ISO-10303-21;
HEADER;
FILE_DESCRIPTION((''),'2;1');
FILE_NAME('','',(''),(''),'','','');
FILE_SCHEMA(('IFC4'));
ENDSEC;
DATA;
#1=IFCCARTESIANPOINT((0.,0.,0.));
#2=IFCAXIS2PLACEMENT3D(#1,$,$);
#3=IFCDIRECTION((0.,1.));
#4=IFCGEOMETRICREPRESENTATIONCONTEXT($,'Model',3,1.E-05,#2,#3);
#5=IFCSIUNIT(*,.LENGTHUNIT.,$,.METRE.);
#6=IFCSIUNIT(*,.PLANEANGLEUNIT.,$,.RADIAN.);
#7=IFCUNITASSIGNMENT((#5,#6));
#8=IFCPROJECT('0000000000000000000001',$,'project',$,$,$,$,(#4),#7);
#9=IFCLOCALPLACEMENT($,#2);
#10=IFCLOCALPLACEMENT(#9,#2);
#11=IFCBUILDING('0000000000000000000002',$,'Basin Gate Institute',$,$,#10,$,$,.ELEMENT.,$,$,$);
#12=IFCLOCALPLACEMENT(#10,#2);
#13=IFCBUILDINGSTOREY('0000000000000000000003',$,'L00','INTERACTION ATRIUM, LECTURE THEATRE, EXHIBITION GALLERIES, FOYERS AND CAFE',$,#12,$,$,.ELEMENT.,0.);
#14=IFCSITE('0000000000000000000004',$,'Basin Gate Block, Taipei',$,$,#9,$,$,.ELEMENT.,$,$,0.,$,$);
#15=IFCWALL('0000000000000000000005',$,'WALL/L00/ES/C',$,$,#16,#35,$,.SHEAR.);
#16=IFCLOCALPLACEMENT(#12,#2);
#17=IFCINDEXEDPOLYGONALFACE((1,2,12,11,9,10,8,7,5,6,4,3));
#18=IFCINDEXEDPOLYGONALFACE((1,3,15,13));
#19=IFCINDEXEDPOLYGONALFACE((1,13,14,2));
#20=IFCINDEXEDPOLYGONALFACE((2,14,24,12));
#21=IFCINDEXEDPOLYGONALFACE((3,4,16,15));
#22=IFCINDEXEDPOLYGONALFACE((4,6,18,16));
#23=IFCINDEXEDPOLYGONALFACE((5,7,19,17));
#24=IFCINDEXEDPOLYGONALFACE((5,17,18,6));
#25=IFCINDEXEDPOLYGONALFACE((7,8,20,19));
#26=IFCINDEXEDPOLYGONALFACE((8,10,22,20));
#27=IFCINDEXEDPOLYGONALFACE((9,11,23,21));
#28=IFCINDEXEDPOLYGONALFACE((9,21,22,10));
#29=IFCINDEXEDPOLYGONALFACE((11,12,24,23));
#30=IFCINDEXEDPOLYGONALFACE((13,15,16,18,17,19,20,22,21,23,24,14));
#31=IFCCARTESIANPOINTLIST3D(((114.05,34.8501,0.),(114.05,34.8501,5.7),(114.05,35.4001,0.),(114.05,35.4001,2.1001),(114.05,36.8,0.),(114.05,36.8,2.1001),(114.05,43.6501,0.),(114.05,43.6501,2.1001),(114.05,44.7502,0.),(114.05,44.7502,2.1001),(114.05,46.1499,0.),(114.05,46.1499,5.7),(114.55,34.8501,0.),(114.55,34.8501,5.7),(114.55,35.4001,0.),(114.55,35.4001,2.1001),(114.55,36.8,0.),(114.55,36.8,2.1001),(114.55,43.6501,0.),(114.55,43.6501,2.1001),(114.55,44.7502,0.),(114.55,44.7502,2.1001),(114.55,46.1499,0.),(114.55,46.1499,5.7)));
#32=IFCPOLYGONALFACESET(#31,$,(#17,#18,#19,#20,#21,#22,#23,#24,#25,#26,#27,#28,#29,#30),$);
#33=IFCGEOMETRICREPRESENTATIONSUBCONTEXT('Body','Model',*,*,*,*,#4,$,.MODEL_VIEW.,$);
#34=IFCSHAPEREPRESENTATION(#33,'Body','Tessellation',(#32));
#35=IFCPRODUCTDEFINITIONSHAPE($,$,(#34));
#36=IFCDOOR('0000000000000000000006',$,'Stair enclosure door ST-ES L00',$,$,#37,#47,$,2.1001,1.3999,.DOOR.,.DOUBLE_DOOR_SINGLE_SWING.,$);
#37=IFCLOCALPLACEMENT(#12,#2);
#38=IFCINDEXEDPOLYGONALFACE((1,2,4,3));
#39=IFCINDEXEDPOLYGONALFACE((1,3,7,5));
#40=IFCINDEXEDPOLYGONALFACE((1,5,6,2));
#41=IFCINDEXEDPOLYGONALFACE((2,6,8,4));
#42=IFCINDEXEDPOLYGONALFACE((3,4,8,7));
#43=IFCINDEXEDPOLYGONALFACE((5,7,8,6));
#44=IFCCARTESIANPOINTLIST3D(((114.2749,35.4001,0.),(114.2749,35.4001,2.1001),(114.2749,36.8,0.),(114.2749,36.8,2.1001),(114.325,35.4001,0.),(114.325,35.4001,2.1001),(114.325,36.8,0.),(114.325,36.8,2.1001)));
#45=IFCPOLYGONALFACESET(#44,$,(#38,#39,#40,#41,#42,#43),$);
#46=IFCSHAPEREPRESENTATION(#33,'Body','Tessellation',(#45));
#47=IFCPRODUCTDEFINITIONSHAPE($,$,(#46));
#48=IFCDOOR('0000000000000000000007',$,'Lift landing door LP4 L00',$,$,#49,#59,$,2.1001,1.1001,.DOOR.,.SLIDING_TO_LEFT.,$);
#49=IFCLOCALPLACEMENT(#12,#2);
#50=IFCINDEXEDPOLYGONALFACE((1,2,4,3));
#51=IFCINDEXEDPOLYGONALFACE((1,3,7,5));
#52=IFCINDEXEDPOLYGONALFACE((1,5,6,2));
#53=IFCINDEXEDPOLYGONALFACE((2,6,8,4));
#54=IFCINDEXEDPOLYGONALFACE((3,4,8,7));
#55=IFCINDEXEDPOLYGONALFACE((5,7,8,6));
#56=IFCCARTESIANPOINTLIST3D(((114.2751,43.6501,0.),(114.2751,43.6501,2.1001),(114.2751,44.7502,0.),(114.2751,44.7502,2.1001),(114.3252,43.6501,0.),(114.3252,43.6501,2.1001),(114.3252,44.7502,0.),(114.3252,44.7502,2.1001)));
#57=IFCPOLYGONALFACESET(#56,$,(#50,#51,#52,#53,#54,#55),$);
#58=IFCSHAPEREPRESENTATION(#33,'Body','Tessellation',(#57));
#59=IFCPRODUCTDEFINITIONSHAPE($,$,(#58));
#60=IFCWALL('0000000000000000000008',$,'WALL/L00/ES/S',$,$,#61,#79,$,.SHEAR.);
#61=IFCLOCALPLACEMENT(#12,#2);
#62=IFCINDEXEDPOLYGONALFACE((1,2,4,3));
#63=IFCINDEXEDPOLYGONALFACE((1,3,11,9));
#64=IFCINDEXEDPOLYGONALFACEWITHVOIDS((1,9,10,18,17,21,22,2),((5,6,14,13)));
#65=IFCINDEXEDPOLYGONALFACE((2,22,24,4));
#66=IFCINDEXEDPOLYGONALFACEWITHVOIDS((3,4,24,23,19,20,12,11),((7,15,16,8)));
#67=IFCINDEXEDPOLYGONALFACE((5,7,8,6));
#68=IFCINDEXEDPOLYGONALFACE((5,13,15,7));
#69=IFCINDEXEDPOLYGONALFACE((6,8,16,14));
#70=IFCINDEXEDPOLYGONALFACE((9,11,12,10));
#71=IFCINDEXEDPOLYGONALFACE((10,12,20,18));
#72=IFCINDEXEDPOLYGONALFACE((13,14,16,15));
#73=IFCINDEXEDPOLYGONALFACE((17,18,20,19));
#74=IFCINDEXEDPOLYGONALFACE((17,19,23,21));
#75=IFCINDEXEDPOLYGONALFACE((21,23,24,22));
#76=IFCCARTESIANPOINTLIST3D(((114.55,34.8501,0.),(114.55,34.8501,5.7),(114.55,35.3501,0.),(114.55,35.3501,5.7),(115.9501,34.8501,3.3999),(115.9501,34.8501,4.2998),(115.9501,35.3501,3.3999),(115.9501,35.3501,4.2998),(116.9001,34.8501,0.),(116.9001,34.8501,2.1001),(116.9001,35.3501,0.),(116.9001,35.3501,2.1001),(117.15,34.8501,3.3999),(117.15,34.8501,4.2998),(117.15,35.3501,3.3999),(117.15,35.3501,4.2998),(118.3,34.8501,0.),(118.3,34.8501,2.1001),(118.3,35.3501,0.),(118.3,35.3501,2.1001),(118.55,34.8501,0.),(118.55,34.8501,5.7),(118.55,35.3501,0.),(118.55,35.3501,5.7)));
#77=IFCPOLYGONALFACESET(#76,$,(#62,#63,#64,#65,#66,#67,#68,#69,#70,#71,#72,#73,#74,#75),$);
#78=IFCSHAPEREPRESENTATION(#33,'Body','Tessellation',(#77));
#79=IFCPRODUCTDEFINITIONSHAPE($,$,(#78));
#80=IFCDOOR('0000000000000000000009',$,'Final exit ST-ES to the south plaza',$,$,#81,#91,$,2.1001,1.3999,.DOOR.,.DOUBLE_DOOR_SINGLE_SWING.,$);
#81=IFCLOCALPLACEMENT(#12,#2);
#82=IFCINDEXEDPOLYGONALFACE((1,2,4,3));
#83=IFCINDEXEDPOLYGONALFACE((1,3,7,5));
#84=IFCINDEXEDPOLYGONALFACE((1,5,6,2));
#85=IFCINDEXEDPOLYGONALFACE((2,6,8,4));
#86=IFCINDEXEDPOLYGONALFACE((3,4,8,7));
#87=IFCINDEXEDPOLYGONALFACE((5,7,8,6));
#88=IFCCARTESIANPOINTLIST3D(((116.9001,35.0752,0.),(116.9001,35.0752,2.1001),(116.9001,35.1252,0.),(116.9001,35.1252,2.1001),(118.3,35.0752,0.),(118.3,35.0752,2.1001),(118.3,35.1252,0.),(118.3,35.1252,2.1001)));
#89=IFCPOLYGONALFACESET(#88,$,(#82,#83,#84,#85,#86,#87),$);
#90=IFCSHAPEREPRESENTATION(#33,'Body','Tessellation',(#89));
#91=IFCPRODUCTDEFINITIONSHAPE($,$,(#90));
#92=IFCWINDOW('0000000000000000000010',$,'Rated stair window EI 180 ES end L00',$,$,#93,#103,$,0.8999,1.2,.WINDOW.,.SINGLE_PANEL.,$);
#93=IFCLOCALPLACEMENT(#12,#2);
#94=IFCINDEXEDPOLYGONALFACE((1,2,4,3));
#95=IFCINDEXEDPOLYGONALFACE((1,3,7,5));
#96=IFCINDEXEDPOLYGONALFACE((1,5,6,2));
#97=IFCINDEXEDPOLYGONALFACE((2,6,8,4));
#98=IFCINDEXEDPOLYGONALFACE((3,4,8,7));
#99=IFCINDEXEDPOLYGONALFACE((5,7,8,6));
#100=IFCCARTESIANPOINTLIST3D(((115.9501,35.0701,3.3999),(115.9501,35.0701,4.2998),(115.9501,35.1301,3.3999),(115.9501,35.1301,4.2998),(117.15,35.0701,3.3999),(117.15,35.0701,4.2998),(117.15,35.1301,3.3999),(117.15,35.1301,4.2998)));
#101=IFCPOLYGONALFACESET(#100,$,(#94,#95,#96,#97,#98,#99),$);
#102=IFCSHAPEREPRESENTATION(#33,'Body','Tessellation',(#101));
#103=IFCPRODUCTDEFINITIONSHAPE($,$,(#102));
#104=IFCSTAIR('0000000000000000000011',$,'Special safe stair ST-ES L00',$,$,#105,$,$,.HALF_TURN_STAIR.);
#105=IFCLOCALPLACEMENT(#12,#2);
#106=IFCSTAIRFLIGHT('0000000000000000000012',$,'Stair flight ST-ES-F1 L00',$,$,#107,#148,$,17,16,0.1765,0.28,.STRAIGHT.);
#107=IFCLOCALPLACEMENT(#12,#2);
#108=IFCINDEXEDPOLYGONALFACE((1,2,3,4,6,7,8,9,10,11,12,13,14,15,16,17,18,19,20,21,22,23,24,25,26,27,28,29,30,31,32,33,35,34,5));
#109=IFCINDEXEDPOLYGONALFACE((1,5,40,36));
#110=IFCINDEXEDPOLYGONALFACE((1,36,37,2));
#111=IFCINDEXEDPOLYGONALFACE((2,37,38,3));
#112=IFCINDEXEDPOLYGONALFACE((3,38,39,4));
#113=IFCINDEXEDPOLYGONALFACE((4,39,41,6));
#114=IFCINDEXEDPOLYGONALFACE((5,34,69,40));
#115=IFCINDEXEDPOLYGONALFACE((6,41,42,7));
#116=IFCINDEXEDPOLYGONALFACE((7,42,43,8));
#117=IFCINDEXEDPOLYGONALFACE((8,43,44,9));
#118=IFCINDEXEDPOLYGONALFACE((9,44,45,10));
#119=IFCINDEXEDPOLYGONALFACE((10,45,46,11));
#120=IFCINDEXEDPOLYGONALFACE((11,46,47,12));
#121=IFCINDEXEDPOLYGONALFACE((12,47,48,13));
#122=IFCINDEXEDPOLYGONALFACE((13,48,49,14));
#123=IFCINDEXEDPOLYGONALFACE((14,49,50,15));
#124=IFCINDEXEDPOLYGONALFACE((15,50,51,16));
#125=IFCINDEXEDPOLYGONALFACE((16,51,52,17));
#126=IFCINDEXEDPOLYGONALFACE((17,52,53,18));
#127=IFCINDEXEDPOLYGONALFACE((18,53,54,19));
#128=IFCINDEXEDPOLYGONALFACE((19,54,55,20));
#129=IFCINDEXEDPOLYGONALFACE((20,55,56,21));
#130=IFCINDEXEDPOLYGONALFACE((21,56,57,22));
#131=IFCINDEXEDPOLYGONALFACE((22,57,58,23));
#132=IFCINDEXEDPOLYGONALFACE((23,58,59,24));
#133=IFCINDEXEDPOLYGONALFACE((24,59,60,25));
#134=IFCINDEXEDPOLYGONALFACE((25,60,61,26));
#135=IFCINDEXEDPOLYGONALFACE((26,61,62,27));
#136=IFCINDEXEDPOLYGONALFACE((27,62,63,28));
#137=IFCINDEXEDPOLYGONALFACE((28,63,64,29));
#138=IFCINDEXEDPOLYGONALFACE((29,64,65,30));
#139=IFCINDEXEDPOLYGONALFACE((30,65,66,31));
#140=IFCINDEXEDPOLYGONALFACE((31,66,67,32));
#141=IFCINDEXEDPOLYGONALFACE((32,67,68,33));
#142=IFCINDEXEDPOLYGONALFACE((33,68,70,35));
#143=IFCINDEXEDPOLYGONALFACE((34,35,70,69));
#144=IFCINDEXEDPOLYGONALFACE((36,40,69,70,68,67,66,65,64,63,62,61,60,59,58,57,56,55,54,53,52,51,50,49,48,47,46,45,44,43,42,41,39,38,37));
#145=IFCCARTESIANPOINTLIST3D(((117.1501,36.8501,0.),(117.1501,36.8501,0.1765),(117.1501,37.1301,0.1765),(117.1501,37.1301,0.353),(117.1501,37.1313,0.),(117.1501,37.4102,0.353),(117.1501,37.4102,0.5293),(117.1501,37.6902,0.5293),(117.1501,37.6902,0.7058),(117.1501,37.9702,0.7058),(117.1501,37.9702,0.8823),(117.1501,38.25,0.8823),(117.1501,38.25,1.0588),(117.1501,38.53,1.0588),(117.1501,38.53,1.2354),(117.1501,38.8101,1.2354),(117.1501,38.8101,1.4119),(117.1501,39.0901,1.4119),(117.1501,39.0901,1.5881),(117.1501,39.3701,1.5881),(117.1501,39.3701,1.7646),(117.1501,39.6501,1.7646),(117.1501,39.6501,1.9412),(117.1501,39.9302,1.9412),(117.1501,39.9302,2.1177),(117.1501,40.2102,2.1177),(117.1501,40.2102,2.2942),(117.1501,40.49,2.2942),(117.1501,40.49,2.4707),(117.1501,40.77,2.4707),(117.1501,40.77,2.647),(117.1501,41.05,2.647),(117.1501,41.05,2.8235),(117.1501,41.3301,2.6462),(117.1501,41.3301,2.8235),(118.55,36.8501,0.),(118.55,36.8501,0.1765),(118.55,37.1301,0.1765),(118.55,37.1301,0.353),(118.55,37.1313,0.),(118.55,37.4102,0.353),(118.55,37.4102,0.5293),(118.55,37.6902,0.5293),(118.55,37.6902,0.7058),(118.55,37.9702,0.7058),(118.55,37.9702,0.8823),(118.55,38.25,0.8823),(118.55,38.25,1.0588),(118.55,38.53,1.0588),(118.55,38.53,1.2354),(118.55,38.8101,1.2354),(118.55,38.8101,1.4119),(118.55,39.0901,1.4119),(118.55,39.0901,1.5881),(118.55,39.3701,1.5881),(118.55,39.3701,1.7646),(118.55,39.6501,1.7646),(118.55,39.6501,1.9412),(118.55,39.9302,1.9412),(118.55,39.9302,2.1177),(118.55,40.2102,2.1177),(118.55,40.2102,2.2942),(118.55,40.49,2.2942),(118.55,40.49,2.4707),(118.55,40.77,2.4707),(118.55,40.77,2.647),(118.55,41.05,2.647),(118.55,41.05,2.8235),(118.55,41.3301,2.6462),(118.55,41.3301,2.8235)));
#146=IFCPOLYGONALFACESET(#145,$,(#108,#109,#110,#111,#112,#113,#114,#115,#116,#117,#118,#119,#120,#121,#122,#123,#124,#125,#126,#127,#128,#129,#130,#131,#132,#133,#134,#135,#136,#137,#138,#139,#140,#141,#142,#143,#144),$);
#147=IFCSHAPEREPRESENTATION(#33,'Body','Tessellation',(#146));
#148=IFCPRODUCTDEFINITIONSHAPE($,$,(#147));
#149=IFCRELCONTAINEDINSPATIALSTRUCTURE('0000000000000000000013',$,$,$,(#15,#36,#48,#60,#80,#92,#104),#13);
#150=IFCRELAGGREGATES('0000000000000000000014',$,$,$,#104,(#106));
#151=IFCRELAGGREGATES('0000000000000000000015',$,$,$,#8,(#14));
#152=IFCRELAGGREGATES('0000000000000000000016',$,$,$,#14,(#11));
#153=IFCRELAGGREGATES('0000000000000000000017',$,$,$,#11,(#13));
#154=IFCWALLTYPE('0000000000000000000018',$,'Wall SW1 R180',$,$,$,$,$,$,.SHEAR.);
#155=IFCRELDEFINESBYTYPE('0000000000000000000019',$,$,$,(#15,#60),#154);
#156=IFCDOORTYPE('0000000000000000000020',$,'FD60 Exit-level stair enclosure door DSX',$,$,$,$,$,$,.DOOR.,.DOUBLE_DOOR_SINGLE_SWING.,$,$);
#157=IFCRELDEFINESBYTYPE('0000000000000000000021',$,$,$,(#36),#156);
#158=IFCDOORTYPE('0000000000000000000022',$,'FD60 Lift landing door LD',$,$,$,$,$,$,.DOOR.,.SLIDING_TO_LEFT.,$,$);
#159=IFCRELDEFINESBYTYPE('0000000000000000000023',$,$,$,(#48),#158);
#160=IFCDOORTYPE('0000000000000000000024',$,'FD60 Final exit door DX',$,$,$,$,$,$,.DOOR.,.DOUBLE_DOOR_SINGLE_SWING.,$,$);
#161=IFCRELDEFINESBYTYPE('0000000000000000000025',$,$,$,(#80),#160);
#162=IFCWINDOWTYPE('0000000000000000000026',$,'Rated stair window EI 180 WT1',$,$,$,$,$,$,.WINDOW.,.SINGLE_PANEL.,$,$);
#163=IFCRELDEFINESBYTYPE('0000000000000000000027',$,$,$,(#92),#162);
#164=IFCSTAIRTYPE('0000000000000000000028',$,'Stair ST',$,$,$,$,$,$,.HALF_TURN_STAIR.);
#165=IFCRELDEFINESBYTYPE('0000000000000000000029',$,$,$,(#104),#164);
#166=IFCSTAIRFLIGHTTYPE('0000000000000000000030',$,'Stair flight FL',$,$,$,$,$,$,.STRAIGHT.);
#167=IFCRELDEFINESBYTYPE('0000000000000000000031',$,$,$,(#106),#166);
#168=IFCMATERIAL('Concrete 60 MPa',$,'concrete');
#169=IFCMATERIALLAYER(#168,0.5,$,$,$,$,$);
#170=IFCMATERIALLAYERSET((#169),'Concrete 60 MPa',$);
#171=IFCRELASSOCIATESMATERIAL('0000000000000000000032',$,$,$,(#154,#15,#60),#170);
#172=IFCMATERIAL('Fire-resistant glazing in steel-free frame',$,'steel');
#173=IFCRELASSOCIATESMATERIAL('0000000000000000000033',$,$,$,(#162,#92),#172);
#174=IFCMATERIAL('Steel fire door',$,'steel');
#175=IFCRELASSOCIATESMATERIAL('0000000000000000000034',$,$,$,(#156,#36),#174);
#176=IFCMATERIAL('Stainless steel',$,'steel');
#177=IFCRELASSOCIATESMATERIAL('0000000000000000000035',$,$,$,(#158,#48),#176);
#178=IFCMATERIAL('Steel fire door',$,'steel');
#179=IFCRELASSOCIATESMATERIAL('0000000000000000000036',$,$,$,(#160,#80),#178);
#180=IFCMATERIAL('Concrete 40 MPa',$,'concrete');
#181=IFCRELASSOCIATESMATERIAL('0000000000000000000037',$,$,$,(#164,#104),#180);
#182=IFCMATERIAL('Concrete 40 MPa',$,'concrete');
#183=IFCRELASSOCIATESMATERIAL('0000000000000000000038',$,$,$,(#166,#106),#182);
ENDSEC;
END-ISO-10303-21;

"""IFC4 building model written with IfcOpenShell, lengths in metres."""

from ifc_helpers import new_model, si_unit, direction, frame, frame_2d, origin, place, context, subcontext, project, spatial, polyline, rectangle, outline, extrude, material, layer, layer_set, type_object, element, fill, aggregate, save


model = new_model("IFC4")

# Units and contexts
model_context = context("Model", 3, precision=1e-05, world=origin(), true_north=direction((0.0, 1.0)))
body_context = subcontext(model_context, "Body", "Model", "MODEL_VIEW")
ifc_project = project(units=[si_unit("LENGTHUNIT", "METRE"), si_unit("PLANEANGLEUNIT", "RADIAN")], contexts=[model_context])

# Site, building, storey
site_placement = place(None, origin())
site = spatial("IfcSite", under=ifc_project, at=site_placement, Name="Basin Gate Block, Taipei", CompositionType="ELEMENT", RefElevation=0.0)
building_placement = place(site_placement, origin())
building = spatial("IfcBuilding", under=site, at=building_placement, Name="Basin Gate Institute", CompositionType="ELEMENT")
storey_placement = place(building_placement, origin())
storey = spatial("IfcBuildingStorey", under=building, at=storey_placement, Name="L00", Description="INTERACTION ATRIUM, LECTURE THEATRE, EXHIBITION GALLERIES, FOYERS AND CAFE", CompositionType="ELEMENT", Elevation=0.0)

# Shared definitions
ifc_material_1 = material(Name="Concrete 60 MPa", Category="concrete")
ifc_layer_1 = layer(ifc_material_1, 0.5)
ifc_layer_set_1 = layer_set([ifc_layer_1], Name="Concrete 60 MPa")
wall_type_1 = type_object("IfcWallType", Name="Wall SW1 R180", PredefinedType="SHEAR", material=ifc_layer_set_1)
ifc_material_2 = material(Name="Fire-resistant glazing in steel-free frame", Category="steel")
window_type_1 = type_object("IfcWindowType", Name="Rated stair window EI 180 WT1", PartitioningType="SINGLE_PANEL", PredefinedType="WINDOW", material=ifc_material_2)

# Wall, openings, doors
wall_1_placement = place(storey_placement, frame((114.3, 34.8501, 0.0), z_axis=(0.0, 0.0, 1.0), x_axis=(0.0, 1.0, 0.0)))
wall_1 = element("IfcWall", 1, at=wall_1_placement, inside=storey, type_object=wall_type_1, material=ifc_layer_set_1, Name="WALL/L00/ES/C", PredefinedType="SHEAR", context=body_context, shape_type="SweptSolid", body=[
    extrude(rectangle(XDim=11.2998, YDim=0.5, at=frame_2d((5.6499, 0.0))), origin(), (0.0, 0.0, 1.0), 5.7),
])
opening_1_placement = place(wall_1_placement, frame((0.55, 0.0, 0.0)))
opening_1 = element("IfcOpeningElement", 2, at=opening_1_placement, cuts=wall_1, PredefinedType="OPENING", context=body_context, shape_type="SweptSolid", body=[
    extrude(rectangle(XDim=1.3999, YDim=2.1001, at=frame_2d((0.7, 1.05))), frame((0.0, 0.26, 0.0), z_axis=(0.0, -1.0, 0.0), x_axis=(1.0, 0.0, 0.0)), (0.0, 0.0, 1.0), 0.52),
])
opening_2_placement = place(wall_1_placement, frame((8.8, 0.0, 0.0)))
opening_2 = element("IfcOpeningElement", 3, at=opening_2_placement, cuts=wall_1, PredefinedType="OPENING", context=body_context, shape_type="SweptSolid", body=[
    extrude(rectangle(XDim=1.1001, YDim=2.1001, at=frame_2d((0.55, 1.05))), frame((0.0, 0.26, 0.0), z_axis=(0.0, -1.0, 0.0), x_axis=(1.0, 0.0, 0.0)), (0.0, 0.0, 1.0), 0.52),
])
ifc_material_3 = material(Name="Steel fire door", Category="steel")
door_type_1 = type_object("IfcDoorType", Name="FD60 Exit-level stair enclosure door DSX", OperationType="DOUBLE_DOOR_SINGLE_SWING", PredefinedType="DOOR", material=ifc_material_3)
door_1_placement = place(opening_1_placement, frame((1.3999, 0.0, 0.0), z_axis=(0.0, 0.0, 1.0), x_axis=(-1.0, 0.0, 0.0)))
door_1 = element("IfcDoor", 4, at=door_1_placement, inside=storey, type_object=door_type_1, material=ifc_material_3, Name="Stair enclosure door ST-ES L00", OperationType="DOUBLE_DOOR_SINGLE_SWING", OverallHeight=2.1001, OverallWidth=1.3999, PredefinedType="DOOR", context=body_context, shape_type="SweptSolid", body=[
    extrude(rectangle(XDim=1.3999, YDim=2.1001, at=frame_2d((0.7, 1.05))), frame((0.0, 0.0249, 0.0), z_axis=(0.0, -1.0, 0.0), x_axis=(1.0, 0.0, 0.0)), (0.0, 0.0, 1.0), 0.05),
])
fill(opening_1, door_1)
ifc_material_4 = material(Name="Stainless steel", Category="steel")
door_type_2 = type_object("IfcDoorType", Name="FD60 Lift landing door LD", OperationType="SLIDING_TO_LEFT", PredefinedType="DOOR", material=ifc_material_4)
door_2_placement = place(opening_2_placement, origin())
door_2 = element("IfcDoor", 5, at=door_2_placement, inside=storey, type_object=door_type_2, material=ifc_material_4, Name="Lift landing door LP4 L00", OperationType="SLIDING_TO_LEFT", OverallHeight=2.1001, OverallWidth=1.1001, PredefinedType="DOOR", context=body_context, shape_type="SweptSolid", body=[
    extrude(rectangle(XDim=1.1001, YDim=2.1001, at=frame_2d((0.55, 1.05))), frame((0.0, 0.0249, 0.0), z_axis=(0.0, -1.0, 0.0), x_axis=(1.0, 0.0, 0.0)), (0.0, 0.0, 1.0), 0.05),
])
fill(opening_2, door_2)

# Wall, openings, door, window
wall_2_placement = place(storey_placement, frame((118.55, 35.1001, 0.0), z_axis=(0.0, 0.0, 1.0), x_axis=(-1.0, 0.0, 0.0)))
wall_2 = element("IfcWall", 6, at=wall_2_placement, inside=storey, type_object=wall_type_1, material=ifc_layer_set_1, Name="WALL/L00/ES/S", PredefinedType="SHEAR", context=body_context, shape_type="SweptSolid", body=[
    extrude(rectangle(XDim=4.0, YDim=0.5, at=frame_2d((2.0, 0.0))), origin(), (0.0, 0.0, 1.0), 5.7),
])
opening_3_placement = place(wall_2_placement, frame((0.25, 0.0, 0.0)))
opening_3 = element("IfcOpeningElement", 7, at=opening_3_placement, cuts=wall_2, PredefinedType="OPENING", context=body_context, shape_type="SweptSolid", body=[
    extrude(rectangle(XDim=1.3999, YDim=2.1001, at=frame_2d((0.7, 1.05))), frame((0.0, 0.26, 0.0), z_axis=(0.0, -1.0, 0.0), x_axis=(1.0, 0.0, 0.0)), (0.0, 0.0, 1.0), 0.52),
])
opening_4_placement = place(wall_2_placement, frame((1.3999, 0.0, 3.3999)))
opening_4 = element("IfcOpeningElement", 8, at=opening_4_placement, cuts=wall_2, PredefinedType="OPENING", context=body_context, shape_type="SweptSolid", body=[
    extrude(rectangle(XDim=1.2, YDim=0.8999, at=frame_2d((0.6001, 0.45))), frame((0.0, 0.26, 0.0), z_axis=(0.0, -1.0, 0.0), x_axis=(1.0, 0.0, 0.0)), (0.0, 0.0, 1.0), 0.52),
])
ifc_material_5 = material(Name="Steel fire door", Category="steel")
door_type_3 = type_object("IfcDoorType", Name="FD60 Final exit door DX", OperationType="DOUBLE_DOOR_SINGLE_SWING", PredefinedType="DOOR", material=ifc_material_5)
door_3_placement = place(opening_3_placement, origin())
door_3 = element("IfcDoor", 9, at=door_3_placement, inside=storey, type_object=door_type_3, material=ifc_material_5, Name="Final exit ST-ES to the south plaza", OperationType="DOUBLE_DOOR_SINGLE_SWING", OverallHeight=2.1001, OverallWidth=1.3999, PredefinedType="DOOR", context=body_context, shape_type="SweptSolid", body=[
    extrude(rectangle(XDim=1.3999, YDim=2.1001, at=frame_2d((0.7, 1.05))), frame((0.0, 0.0249, 0.0), z_axis=(0.0, -1.0, 0.0), x_axis=(1.0, 0.0, 0.0)), (0.0, 0.0, 1.0), 0.05),
])
fill(opening_3, door_3)
window_1_placement = place(opening_4_placement, origin())
window_1 = element("IfcWindow", 10, at=window_1_placement, inside=storey, type_object=window_type_1, material=ifc_material_2, Name="Rated stair window EI 180 ES end L00", OverallHeight=0.8999, OverallWidth=1.2, PartitioningType="SINGLE_PANEL", PredefinedType="WINDOW", context=body_context, shape_type="SweptSolid", body=[
    extrude(rectangle(XDim=1.2, YDim=0.8999, at=frame_2d((0.6001, 0.45))), frame((0.0, 0.03, 0.0), z_axis=(0.0, -1.0, 0.0), x_axis=(1.0, 0.0, 0.0)), (0.0, 0.0, 1.0), 0.0601),
])
fill(opening_4, window_1)

# Stair, stair flight
ifc_material_6 = material(Name="Concrete 40 MPa", Category="concrete")
stair_type = type_object("IfcStairType", Name="Stair ST", PredefinedType="HALF_TURN_STAIR", material=ifc_material_6)
stair_placement = place(storey_placement, origin())
stair = element("IfcStair", 11, at=stair_placement, inside=storey, type_object=stair_type, material=ifc_material_6, Name="Special safe stair ST-ES L00", PredefinedType="HALF_TURN_STAIR")
ifc_material_7 = material(Name="Concrete 40 MPa", Category="concrete")
stair_flight_type = type_object("IfcStairFlightType", Name="Stair flight FL", PredefinedType="STRAIGHT", material=ifc_material_7)
stair_flight_1_placement = place(storey_placement, frame((117.8501, 36.8501, 0.0), z_axis=(0.0, 0.0, 1.0), x_axis=(0.0, 1.0, 0.0)))
stair_flight_1 = element("IfcStairFlight", 12, at=stair_flight_1_placement, type_object=stair_flight_type, material=ifc_material_7, Name="Stair flight ST-ES-F1 L00", NumberOfRisers=17, NumberOfTreads=16, PredefinedType="STRAIGHT", RiserHeight=0.1765, TreadLength=0.28, context=body_context, shape_type="SweptSolid", body=[
    extrude(outline(polyline([(0.0, 0.0), (0.0, 0.1765), (0.28, 0.1765), (0.28, 0.353), (0.5601, 0.353), (0.5601, 0.5293), (0.8401, 0.5293), (0.8401, 0.7058), (1.1201, 0.7058), (1.1201, 0.8823), (1.3999, 0.8823), (1.3999, 1.0588), (1.6799, 1.0588), (1.6799, 1.2354), (1.96, 1.2354), (1.96, 1.4119), (2.24, 1.4119), (2.24, 1.5881), (2.52, 1.5881), (2.52, 1.7646), (2.8, 1.7646), (2.8, 1.9412), (3.0801, 1.9412), (3.0801, 2.1177), (3.3601, 2.1177), (3.3601, 2.2942), (3.6399, 2.2942), (3.6399, 2.4707), (3.9199, 2.4707), (3.9199, 2.647), (4.2, 2.647), (4.2, 2.8235), (4.48, 2.8235), (4.48, 3.0), (4.48, 2.6462), (0.2812, 0.0), (0.0, 0.0)])), frame((0.0, 0.7, 0.0), z_axis=(0.0, -1.0, 0.0), x_axis=(1.0, 0.0, 0.0)), (0.0, 0.0, 1.0), 1.3999),
])
aggregate(stair, [stair_flight_1])

save(model, "model.ifc")
